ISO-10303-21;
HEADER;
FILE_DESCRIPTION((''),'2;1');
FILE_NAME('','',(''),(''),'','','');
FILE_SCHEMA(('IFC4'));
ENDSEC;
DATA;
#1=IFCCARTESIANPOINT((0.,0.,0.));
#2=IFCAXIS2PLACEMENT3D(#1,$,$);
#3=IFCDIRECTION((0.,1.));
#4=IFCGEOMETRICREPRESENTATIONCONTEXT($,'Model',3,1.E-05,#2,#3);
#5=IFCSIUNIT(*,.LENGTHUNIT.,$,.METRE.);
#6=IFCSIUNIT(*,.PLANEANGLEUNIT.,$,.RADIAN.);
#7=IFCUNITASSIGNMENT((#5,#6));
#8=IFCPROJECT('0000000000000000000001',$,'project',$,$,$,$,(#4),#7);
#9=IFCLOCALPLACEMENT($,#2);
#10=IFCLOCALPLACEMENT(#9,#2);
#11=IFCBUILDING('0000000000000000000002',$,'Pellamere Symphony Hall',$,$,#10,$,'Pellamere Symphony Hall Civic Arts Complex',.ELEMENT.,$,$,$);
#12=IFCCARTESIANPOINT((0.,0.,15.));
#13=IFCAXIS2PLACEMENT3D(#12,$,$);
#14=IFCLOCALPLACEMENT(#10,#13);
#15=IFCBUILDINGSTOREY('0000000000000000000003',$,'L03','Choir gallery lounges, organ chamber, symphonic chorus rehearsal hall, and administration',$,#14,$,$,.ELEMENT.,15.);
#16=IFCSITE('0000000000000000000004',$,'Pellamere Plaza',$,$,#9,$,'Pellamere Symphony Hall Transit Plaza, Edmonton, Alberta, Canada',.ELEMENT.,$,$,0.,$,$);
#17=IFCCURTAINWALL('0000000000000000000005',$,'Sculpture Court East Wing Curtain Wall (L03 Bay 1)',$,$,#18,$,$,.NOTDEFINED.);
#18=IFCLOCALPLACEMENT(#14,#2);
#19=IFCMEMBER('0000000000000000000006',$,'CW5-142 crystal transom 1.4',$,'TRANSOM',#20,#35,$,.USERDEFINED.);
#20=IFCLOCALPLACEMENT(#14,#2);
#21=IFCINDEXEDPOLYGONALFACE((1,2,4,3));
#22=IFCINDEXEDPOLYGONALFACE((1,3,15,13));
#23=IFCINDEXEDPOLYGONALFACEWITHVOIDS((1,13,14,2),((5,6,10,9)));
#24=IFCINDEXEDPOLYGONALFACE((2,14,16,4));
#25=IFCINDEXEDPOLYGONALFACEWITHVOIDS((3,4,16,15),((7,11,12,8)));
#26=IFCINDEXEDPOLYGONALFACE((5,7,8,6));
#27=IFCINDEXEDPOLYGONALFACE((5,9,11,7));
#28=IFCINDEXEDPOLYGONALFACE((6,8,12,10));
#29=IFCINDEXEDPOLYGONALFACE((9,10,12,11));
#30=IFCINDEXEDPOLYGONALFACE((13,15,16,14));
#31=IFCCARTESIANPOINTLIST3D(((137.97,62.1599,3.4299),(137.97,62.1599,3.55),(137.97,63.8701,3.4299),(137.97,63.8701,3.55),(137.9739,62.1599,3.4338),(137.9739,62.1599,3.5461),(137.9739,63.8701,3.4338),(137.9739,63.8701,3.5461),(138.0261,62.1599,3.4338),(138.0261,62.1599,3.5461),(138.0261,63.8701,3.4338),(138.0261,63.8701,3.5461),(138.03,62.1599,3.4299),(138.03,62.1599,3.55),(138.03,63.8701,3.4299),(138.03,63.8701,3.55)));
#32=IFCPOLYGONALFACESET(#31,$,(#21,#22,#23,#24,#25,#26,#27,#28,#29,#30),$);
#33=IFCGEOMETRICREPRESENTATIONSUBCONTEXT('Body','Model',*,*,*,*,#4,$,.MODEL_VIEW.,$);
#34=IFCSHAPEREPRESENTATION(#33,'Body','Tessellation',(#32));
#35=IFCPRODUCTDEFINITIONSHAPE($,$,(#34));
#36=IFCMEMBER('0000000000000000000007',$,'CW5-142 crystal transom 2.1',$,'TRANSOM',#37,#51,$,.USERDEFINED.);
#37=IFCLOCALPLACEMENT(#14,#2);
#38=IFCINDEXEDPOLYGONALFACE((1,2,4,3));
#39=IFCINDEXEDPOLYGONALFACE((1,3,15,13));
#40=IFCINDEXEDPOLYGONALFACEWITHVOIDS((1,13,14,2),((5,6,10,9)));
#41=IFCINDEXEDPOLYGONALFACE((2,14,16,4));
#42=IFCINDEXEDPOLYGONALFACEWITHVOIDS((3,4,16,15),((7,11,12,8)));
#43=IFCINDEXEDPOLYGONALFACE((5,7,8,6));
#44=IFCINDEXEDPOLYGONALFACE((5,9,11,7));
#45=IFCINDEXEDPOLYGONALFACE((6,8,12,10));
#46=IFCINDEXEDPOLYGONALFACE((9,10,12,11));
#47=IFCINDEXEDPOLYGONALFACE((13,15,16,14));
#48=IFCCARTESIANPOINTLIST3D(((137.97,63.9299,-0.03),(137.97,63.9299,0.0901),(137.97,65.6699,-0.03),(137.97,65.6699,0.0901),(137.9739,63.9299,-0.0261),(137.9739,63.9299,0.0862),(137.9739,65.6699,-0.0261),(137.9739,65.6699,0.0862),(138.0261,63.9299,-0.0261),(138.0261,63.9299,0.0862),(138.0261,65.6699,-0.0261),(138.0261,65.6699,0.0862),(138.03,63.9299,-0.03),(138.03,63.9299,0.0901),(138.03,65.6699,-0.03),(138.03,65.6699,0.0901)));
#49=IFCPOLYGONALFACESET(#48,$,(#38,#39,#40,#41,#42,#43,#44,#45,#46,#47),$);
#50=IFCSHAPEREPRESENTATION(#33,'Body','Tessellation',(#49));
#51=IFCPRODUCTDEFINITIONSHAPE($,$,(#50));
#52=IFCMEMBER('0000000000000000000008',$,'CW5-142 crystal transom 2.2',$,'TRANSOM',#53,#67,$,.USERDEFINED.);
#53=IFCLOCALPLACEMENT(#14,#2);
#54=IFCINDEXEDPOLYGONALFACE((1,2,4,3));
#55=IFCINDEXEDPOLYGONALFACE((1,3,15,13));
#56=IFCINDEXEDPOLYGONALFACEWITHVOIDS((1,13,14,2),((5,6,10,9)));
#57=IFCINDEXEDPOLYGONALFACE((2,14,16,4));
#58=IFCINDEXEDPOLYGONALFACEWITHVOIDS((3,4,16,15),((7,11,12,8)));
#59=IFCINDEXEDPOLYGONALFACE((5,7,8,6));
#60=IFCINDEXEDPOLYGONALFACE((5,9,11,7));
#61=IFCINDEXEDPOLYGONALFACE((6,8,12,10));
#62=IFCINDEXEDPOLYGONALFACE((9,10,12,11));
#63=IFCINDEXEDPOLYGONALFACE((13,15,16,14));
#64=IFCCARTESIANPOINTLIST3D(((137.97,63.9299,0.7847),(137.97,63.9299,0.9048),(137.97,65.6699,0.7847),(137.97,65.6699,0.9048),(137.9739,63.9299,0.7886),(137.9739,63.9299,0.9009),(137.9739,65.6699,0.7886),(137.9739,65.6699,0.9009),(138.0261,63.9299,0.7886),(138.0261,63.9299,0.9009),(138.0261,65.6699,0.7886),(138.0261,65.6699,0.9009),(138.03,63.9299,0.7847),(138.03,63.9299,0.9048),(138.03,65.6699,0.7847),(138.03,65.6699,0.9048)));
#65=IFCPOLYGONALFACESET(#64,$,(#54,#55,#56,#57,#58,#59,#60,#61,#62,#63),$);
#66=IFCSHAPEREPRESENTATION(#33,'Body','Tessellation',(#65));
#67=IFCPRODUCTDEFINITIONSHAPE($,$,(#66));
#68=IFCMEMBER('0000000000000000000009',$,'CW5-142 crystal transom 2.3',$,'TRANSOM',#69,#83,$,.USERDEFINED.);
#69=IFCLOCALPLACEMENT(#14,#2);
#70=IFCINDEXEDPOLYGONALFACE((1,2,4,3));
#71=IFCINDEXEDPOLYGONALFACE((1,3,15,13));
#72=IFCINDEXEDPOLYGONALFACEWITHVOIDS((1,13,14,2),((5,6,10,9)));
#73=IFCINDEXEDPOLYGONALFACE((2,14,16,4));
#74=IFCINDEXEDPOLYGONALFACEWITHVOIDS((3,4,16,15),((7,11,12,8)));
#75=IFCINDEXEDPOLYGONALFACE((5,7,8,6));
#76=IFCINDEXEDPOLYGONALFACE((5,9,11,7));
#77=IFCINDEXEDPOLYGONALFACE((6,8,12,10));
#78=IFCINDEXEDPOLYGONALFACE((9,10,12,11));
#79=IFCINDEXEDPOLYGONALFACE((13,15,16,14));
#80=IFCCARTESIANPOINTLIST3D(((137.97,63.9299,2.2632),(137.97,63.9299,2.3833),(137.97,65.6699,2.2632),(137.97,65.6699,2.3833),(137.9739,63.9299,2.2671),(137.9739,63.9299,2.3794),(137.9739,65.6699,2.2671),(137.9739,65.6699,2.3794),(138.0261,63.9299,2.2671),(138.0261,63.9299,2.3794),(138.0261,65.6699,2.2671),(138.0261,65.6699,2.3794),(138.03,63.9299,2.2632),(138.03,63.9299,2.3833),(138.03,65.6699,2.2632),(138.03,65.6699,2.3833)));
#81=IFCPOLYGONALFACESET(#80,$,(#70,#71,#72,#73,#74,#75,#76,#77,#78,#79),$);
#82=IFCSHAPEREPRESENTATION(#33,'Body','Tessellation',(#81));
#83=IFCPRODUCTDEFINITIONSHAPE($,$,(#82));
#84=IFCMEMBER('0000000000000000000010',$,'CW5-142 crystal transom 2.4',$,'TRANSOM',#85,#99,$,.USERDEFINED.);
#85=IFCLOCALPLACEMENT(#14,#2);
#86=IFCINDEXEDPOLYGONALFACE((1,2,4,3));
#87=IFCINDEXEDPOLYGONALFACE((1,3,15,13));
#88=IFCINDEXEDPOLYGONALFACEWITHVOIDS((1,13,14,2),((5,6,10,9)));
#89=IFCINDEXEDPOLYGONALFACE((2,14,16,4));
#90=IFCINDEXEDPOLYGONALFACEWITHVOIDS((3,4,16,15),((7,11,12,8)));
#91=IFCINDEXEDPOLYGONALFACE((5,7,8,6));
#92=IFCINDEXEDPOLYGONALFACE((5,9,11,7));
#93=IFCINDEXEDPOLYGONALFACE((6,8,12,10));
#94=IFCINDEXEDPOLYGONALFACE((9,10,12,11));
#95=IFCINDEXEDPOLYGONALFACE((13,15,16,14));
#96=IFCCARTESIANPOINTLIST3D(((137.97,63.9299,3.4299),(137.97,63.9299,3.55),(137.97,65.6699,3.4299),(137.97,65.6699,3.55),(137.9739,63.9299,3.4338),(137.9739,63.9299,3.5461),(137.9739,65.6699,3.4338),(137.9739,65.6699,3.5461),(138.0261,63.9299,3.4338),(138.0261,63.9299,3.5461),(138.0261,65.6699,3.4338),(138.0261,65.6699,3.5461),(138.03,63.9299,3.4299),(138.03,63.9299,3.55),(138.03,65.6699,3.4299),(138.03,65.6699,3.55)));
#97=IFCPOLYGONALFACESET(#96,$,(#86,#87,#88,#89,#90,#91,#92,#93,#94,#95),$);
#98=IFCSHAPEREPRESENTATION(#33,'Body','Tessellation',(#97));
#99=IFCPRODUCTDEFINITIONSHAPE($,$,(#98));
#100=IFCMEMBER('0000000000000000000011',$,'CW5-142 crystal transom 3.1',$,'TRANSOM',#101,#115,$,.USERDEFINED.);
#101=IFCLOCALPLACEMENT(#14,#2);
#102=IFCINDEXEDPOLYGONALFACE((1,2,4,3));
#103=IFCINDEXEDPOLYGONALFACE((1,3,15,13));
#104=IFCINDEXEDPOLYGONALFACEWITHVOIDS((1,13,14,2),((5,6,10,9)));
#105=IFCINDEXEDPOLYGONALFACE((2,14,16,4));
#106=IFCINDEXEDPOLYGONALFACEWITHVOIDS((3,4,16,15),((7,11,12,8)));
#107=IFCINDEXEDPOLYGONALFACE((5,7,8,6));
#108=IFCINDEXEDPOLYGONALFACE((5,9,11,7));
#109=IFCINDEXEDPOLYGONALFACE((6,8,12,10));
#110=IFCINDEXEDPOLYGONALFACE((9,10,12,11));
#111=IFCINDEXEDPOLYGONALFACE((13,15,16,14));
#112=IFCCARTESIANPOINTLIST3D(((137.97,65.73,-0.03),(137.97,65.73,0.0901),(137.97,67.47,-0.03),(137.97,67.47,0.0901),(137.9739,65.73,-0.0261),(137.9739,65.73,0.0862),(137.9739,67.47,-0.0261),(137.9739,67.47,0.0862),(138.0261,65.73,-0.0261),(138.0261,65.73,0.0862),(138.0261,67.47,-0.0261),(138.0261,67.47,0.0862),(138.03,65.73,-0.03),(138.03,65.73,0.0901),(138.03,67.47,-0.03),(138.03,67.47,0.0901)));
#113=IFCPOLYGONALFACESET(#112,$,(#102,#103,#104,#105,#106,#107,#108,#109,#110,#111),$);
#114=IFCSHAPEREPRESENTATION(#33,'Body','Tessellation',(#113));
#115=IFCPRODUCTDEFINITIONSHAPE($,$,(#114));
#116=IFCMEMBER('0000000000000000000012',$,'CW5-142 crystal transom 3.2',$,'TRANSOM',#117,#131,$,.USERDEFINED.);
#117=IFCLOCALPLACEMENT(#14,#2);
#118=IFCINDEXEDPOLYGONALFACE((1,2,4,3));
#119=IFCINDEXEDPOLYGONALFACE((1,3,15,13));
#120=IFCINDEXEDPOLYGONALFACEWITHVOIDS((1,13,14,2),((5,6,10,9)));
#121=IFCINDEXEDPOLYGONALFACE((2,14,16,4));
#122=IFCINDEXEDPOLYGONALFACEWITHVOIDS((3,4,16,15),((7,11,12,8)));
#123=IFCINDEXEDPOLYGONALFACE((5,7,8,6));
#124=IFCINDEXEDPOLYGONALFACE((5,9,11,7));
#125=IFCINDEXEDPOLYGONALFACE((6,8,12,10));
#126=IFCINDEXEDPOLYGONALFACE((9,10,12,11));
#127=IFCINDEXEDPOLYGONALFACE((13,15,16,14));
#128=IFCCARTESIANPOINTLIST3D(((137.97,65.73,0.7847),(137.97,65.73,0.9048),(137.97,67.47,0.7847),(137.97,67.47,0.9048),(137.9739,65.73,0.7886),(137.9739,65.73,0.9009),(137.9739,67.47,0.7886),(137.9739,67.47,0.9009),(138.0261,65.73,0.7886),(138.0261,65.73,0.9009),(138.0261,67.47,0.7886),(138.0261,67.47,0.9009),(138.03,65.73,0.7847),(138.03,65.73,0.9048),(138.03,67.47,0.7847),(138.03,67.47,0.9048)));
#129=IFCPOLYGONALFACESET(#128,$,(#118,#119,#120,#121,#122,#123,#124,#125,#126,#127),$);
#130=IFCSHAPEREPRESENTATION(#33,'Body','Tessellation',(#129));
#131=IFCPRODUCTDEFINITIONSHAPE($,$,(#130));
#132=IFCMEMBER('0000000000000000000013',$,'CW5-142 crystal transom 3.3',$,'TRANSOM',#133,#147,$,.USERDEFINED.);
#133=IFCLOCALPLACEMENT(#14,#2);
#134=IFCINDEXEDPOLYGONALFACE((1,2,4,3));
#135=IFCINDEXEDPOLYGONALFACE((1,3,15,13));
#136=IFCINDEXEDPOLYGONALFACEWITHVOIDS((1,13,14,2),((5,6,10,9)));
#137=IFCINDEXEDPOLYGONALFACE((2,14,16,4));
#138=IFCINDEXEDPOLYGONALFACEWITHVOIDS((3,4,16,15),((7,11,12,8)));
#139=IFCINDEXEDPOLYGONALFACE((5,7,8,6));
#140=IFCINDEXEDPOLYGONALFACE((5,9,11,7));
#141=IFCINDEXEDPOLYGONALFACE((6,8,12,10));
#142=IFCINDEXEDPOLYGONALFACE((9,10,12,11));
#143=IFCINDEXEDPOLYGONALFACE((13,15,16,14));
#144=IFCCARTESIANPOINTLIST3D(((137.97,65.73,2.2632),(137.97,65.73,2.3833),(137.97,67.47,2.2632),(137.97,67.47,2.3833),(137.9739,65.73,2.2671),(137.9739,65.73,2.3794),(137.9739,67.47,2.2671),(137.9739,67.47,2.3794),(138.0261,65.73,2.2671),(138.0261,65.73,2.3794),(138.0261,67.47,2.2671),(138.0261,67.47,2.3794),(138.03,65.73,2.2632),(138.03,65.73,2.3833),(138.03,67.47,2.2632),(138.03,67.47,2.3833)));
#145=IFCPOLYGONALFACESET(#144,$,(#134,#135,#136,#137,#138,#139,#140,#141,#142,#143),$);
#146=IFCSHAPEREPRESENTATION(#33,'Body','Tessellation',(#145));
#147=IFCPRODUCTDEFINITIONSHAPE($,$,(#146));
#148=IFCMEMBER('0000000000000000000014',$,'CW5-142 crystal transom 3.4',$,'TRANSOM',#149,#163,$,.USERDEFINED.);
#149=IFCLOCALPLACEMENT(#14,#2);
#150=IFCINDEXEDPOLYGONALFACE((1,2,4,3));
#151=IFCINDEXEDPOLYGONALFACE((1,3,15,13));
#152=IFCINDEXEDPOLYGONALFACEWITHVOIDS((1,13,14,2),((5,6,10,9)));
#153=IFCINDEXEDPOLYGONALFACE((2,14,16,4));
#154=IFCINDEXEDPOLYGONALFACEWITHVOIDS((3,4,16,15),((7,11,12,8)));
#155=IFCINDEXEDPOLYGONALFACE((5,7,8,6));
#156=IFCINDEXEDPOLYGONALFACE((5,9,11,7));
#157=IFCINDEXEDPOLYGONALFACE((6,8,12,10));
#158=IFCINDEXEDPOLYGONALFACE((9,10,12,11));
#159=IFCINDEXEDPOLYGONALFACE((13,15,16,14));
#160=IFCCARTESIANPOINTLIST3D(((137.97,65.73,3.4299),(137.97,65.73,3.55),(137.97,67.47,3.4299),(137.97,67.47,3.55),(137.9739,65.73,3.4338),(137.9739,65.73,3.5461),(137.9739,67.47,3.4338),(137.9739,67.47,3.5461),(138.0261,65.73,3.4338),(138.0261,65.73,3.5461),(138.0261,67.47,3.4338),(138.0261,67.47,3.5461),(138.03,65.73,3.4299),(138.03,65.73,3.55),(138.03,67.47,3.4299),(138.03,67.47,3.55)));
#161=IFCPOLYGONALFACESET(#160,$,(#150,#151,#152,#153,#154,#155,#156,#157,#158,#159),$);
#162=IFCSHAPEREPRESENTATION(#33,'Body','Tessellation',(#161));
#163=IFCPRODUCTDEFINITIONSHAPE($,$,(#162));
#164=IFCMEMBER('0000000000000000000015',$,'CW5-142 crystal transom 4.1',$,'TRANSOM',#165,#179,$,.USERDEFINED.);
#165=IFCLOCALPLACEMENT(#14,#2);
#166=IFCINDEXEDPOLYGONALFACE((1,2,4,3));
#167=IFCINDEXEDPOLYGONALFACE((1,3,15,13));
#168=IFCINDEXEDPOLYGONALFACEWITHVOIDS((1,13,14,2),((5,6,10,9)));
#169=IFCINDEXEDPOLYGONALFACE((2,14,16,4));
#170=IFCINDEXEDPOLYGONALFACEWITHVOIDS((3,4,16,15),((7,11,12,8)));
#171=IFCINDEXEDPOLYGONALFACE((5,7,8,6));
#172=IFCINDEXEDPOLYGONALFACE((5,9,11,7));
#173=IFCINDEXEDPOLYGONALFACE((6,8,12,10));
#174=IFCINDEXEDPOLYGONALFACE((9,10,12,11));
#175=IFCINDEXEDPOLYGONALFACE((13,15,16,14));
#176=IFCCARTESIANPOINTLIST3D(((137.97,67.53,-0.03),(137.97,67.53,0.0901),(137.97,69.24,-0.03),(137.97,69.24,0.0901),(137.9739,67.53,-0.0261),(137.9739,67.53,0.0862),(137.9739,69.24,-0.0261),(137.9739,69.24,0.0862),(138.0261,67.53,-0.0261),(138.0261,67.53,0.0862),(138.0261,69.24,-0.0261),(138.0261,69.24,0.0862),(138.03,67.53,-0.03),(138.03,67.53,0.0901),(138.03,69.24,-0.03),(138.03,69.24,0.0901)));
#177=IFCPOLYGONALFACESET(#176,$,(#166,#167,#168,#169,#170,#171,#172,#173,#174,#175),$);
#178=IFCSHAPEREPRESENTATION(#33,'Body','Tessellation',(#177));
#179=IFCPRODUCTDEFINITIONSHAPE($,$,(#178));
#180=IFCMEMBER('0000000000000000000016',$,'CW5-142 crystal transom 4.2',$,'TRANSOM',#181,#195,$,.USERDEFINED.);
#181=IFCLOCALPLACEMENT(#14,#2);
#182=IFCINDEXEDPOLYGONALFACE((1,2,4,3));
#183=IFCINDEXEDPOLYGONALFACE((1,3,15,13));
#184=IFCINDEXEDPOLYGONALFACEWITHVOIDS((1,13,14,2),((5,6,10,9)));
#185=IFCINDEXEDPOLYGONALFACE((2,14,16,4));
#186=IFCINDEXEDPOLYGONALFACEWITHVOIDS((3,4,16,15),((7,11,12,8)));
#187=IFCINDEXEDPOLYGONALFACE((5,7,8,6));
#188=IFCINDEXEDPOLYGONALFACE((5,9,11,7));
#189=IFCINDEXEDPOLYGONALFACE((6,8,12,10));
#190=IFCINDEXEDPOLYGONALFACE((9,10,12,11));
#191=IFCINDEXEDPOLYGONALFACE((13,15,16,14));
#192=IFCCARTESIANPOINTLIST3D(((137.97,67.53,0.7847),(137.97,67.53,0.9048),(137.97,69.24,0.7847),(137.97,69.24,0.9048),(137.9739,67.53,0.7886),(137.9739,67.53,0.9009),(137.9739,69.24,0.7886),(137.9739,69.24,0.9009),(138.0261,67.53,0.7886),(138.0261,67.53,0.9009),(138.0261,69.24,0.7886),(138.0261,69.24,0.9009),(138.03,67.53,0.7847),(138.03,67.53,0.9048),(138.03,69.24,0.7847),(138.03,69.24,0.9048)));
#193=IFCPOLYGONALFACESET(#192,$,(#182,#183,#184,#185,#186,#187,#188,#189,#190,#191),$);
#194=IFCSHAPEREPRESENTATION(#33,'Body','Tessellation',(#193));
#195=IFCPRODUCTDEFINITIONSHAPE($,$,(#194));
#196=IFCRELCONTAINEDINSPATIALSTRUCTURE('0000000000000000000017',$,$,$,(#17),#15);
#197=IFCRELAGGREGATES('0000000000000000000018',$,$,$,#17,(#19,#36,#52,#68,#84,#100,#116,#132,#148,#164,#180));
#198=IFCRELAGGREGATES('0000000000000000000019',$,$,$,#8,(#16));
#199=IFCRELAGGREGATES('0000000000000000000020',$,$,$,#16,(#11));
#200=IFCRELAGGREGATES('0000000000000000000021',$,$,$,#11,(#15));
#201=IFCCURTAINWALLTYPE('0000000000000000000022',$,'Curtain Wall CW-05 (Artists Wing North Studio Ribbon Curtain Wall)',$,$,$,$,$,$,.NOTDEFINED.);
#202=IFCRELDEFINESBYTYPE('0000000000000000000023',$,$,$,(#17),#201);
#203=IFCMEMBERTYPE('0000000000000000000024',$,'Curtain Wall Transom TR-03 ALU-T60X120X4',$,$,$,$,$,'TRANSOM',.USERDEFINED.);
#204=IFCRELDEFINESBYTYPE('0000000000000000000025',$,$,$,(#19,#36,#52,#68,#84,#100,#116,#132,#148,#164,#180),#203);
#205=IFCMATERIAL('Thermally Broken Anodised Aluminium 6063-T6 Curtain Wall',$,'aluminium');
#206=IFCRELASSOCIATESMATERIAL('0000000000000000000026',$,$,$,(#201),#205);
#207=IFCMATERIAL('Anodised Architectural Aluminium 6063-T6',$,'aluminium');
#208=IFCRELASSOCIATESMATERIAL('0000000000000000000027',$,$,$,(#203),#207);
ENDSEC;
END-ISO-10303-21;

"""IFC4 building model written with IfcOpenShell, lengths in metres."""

from ifc_helpers import new_model, si_unit, direction, frame, origin, origin_2d, place, context, subcontext, project, spatial, hollow_rectangle, extrude, material, material_profile, profile_set, type_object, element, aggregate, save


model = new_model("IFC4")

# Units and contexts
model_context = context("Model", 3, precision=1e-05, world=origin(), true_north=direction((0.0, 1.0)))
body_context = subcontext(model_context, "Body", "Model", "MODEL_VIEW")
ifc_project = project(units=[si_unit("LENGTHUNIT", "METRE"), si_unit("PLANEANGLEUNIT", "RADIAN")], contexts=[model_context])

# Site, building, storey
site_placement = place(None, origin())
site = spatial("IfcSite", under=ifc_project, at=site_placement, Name="Pellamere Plaza", LongName="Pellamere Symphony Hall Transit Plaza, Edmonton, Alberta, Canada", CompositionType="ELEMENT", RefElevation=0.0)
building_placement = place(site_placement, origin())
building = spatial("IfcBuilding", under=site, at=building_placement, Name="Pellamere Symphony Hall", LongName="Pellamere Symphony Hall Civic Arts Complex", CompositionType="ELEMENT")
storey_placement = place(building_placement, frame((0.0, 0.0, 15.0)))
storey = spatial("IfcBuildingStorey", under=building, at=storey_placement, Name="L03", Description="Choir gallery lounges, organ chamber, symphonic chorus rehearsal hall, and administration", CompositionType="ELEMENT", Elevation=15.0)

# Curtain wall
ifc_material_1 = material(Name="Thermally Broken Anodised Aluminium 6063-T6 Curtain Wall", Category="aluminium")
curtain_wall_type_1 = type_object("IfcCurtainWallType", Name="Curtain Wall CW-05 (Artists Wing North Studio Ribbon Curtain Wall)", PredefinedType="NOTDEFINED", material=ifc_material_1)
curtain_wall_1_placement = place(storey_placement, origin())
curtain_wall_1 = element("IfcCurtainWall", 1, at=curtain_wall_1_placement, inside=storey, type_object=curtain_wall_type_1, Name="Sculpture Court East Wing Curtain Wall (L03 Bay 1)", PredefinedType="NOTDEFINED")
ifc_material_2 = material(Name="Anodised Architectural Aluminium 6063-T6", Category="aluminium")

# Members
ifc_material_profile_1 = material_profile(ifc_material_2, hollow_rectangle(XDim=0.0601, YDim=0.1201, WallThickness=0.0039, at=origin_2d()), Name="ALU-T60X120X4")
ifc_profile_set_1 = profile_set([ifc_material_profile_1], Name="Anodised Architectural Aluminium 6063-T6")
member_type_1 = type_object("IfcMemberType", Name="Curtain Wall Transom TR-03 ALU-T60X120X4", ElementType="TRANSOM", PredefinedType="USERDEFINED", material=ifc_profile_set_1)
member_1_placement = place(storey_placement, frame((138.0, 62.1599, 3.49), z_axis=(0.0, 1.0, 0.0), x_axis=(-1.0, 0.0, 0.0)))
member_1 = element("IfcMember", 2, at=member_1_placement, type_object=member_type_1, Name="CW5-142 crystal transom 1.4", ObjectType="TRANSOM", PredefinedType="USERDEFINED", context=body_context, shape_type="SweptSolid", body=[
    extrude(hollow_rectangle(XDim=0.0601, YDim=0.1201, WallThickness=0.0039, at=origin_2d()), origin(), (0.0, 0.0, 1.0), 1.7102),
])
member_2_placement = place(storey_placement, frame((138.0, 63.9299, 0.03), z_axis=(0.0, 1.0, 0.0), x_axis=(-1.0, 0.0, 0.0)))
member_2 = element("IfcMember", 3, at=member_2_placement, type_object=member_type_1, Name="CW5-142 crystal transom 2.1", ObjectType="TRANSOM", PredefinedType="USERDEFINED", context=body_context, shape_type="SweptSolid", body=[
    extrude(hollow_rectangle(XDim=0.0601, YDim=0.1201, WallThickness=0.0039, at=origin_2d()), origin(), (0.0, 0.0, 1.0), 1.74),
])
member_3_placement = place(storey_placement, frame((138.0, 63.9299, 0.8447), z_axis=(0.0, 1.0, 0.0), x_axis=(-1.0, 0.0, 0.0)))
member_3 = element("IfcMember", 4, at=member_3_placement, type_object=member_type_1, Name="CW5-142 crystal transom 2.2", ObjectType="TRANSOM", PredefinedType="USERDEFINED", context=body_context, shape_type="SweptSolid", body=[
    extrude(hollow_rectangle(XDim=0.0601, YDim=0.1201, WallThickness=0.0039, at=origin_2d()), origin(), (0.0, 0.0, 1.0), 1.74),
])
member_4_placement = place(storey_placement, frame((138.0, 63.9299, 2.3232), z_axis=(0.0, 1.0, 0.0), x_axis=(-1.0, 0.0, 0.0)))
member_4 = element("IfcMember", 5, at=member_4_placement, type_object=member_type_1, Name="CW5-142 crystal transom 2.3", ObjectType="TRANSOM", PredefinedType="USERDEFINED", context=body_context, shape_type="SweptSolid", body=[
    extrude(hollow_rectangle(XDim=0.0601, YDim=0.1201, WallThickness=0.0039, at=origin_2d()), origin(), (0.0, 0.0, 1.0), 1.74),
])
member_5_placement = place(storey_placement, frame((138.0, 63.9299, 3.49), z_axis=(0.0, 1.0, 0.0), x_axis=(-1.0, 0.0, 0.0)))
member_5 = element("IfcMember", 6, at=member_5_placement, type_object=member_type_1, Name="CW5-142 crystal transom 2.4", ObjectType="TRANSOM", PredefinedType="USERDEFINED", context=body_context, shape_type="SweptSolid", body=[
    extrude(hollow_rectangle(XDim=0.0601, YDim=0.1201, WallThickness=0.0039, at=origin_2d()), origin(), (0.0, 0.0, 1.0), 1.74),
])
member_6_placement = place(storey_placement, frame((138.0, 65.73, 0.03), z_axis=(0.0, 1.0, 0.0), x_axis=(-1.0, 0.0, 0.0)))
member_6 = element("IfcMember", 7, at=member_6_placement, type_object=member_type_1, Name="CW5-142 crystal transom 3.1", ObjectType="TRANSOM", PredefinedType="USERDEFINED", context=body_context, shape_type="SweptSolid", body=[
    extrude(hollow_rectangle(XDim=0.0601, YDim=0.1201, WallThickness=0.0039, at=origin_2d()), origin(), (0.0, 0.0, 1.0), 1.74),
])
member_7_placement = place(storey_placement, frame((138.0, 65.73, 0.8447), z_axis=(0.0, 1.0, 0.0), x_axis=(-1.0, 0.0, 0.0)))
member_7 = element("IfcMember", 8, at=member_7_placement, type_object=member_type_1, Name="CW5-142 crystal transom 3.2", ObjectType="TRANSOM", PredefinedType="USERDEFINED", context=body_context, shape_type="SweptSolid", body=[
    extrude(hollow_rectangle(XDim=0.0601, YDim=0.1201, WallThickness=0.0039, at=origin_2d()), origin(), (0.0, 0.0, 1.0), 1.74),
])
member_8_placement = place(storey_placement, frame((138.0, 65.73, 2.3232), z_axis=(0.0, 1.0, 0.0), x_axis=(-1.0, 0.0, 0.0)))
member_8 = element("IfcMember", 9, at=member_8_placement, type_object=member_type_1, Name="CW5-142 crystal transom 3.3", ObjectType="TRANSOM", PredefinedType="USERDEFINED", context=body_context, shape_type="SweptSolid", body=[
    extrude(hollow_rectangle(XDim=0.0601, YDim=0.1201, WallThickness=0.0039, at=origin_2d()), origin(), (0.0, 0.0, 1.0), 1.74),
])
member_9_placement = place(storey_placement, frame((138.0, 65.73, 3.49), z_axis=(0.0, 1.0, 0.0), x_axis=(-1.0, 0.0, 0.0)))
member_9 = element("IfcMember", 10, at=member_9_placement, type_object=member_type_1, Name="CW5-142 crystal transom 3.4", ObjectType="TRANSOM", PredefinedType="USERDEFINED", context=body_context, shape_type="SweptSolid", body=[
    extrude(hollow_rectangle(XDim=0.0601, YDim=0.1201, WallThickness=0.0039, at=origin_2d()), origin(), (0.0, 0.0, 1.0), 1.74),
])
member_10_placement = place(storey_placement, frame((138.0, 67.53, 0.03), z_axis=(0.0, 1.0, 0.0), x_axis=(-1.0, 0.0, 0.0)))
member_10 = element("IfcMember", 11, at=member_10_placement, type_object=member_type_1, Name="CW5-142 crystal transom 4.1", ObjectType="TRANSOM", PredefinedType="USERDEFINED", context=body_context, shape_type="SweptSolid", body=[
    extrude(hollow_rectangle(XDim=0.0601, YDim=0.1201, WallThickness=0.0039, at=origin_2d()), origin(), (0.0, 0.0, 1.0), 1.71),
])
member_11_placement = place(storey_placement, frame((138.0, 67.53, 0.8447), z_axis=(0.0, 1.0, 0.0), x_axis=(-1.0, 0.0, 0.0)))
member_11 = element("IfcMember", 12, at=member_11_placement, type_object=member_type_1, Name="CW5-142 crystal transom 4.2", ObjectType="TRANSOM", PredefinedType="USERDEFINED", context=body_context, shape_type="SweptSolid", body=[
    extrude(hollow_rectangle(XDim=0.0601, YDim=0.1201, WallThickness=0.0039, at=origin_2d()), origin(), (0.0, 0.0, 1.0), 1.71),
])

aggregate(curtain_wall_1, [member_1, member_2, member_3, member_4, member_5, member_6, member_7, member_8, member_9, member_10, member_11])

save(model, "model.ifc")
